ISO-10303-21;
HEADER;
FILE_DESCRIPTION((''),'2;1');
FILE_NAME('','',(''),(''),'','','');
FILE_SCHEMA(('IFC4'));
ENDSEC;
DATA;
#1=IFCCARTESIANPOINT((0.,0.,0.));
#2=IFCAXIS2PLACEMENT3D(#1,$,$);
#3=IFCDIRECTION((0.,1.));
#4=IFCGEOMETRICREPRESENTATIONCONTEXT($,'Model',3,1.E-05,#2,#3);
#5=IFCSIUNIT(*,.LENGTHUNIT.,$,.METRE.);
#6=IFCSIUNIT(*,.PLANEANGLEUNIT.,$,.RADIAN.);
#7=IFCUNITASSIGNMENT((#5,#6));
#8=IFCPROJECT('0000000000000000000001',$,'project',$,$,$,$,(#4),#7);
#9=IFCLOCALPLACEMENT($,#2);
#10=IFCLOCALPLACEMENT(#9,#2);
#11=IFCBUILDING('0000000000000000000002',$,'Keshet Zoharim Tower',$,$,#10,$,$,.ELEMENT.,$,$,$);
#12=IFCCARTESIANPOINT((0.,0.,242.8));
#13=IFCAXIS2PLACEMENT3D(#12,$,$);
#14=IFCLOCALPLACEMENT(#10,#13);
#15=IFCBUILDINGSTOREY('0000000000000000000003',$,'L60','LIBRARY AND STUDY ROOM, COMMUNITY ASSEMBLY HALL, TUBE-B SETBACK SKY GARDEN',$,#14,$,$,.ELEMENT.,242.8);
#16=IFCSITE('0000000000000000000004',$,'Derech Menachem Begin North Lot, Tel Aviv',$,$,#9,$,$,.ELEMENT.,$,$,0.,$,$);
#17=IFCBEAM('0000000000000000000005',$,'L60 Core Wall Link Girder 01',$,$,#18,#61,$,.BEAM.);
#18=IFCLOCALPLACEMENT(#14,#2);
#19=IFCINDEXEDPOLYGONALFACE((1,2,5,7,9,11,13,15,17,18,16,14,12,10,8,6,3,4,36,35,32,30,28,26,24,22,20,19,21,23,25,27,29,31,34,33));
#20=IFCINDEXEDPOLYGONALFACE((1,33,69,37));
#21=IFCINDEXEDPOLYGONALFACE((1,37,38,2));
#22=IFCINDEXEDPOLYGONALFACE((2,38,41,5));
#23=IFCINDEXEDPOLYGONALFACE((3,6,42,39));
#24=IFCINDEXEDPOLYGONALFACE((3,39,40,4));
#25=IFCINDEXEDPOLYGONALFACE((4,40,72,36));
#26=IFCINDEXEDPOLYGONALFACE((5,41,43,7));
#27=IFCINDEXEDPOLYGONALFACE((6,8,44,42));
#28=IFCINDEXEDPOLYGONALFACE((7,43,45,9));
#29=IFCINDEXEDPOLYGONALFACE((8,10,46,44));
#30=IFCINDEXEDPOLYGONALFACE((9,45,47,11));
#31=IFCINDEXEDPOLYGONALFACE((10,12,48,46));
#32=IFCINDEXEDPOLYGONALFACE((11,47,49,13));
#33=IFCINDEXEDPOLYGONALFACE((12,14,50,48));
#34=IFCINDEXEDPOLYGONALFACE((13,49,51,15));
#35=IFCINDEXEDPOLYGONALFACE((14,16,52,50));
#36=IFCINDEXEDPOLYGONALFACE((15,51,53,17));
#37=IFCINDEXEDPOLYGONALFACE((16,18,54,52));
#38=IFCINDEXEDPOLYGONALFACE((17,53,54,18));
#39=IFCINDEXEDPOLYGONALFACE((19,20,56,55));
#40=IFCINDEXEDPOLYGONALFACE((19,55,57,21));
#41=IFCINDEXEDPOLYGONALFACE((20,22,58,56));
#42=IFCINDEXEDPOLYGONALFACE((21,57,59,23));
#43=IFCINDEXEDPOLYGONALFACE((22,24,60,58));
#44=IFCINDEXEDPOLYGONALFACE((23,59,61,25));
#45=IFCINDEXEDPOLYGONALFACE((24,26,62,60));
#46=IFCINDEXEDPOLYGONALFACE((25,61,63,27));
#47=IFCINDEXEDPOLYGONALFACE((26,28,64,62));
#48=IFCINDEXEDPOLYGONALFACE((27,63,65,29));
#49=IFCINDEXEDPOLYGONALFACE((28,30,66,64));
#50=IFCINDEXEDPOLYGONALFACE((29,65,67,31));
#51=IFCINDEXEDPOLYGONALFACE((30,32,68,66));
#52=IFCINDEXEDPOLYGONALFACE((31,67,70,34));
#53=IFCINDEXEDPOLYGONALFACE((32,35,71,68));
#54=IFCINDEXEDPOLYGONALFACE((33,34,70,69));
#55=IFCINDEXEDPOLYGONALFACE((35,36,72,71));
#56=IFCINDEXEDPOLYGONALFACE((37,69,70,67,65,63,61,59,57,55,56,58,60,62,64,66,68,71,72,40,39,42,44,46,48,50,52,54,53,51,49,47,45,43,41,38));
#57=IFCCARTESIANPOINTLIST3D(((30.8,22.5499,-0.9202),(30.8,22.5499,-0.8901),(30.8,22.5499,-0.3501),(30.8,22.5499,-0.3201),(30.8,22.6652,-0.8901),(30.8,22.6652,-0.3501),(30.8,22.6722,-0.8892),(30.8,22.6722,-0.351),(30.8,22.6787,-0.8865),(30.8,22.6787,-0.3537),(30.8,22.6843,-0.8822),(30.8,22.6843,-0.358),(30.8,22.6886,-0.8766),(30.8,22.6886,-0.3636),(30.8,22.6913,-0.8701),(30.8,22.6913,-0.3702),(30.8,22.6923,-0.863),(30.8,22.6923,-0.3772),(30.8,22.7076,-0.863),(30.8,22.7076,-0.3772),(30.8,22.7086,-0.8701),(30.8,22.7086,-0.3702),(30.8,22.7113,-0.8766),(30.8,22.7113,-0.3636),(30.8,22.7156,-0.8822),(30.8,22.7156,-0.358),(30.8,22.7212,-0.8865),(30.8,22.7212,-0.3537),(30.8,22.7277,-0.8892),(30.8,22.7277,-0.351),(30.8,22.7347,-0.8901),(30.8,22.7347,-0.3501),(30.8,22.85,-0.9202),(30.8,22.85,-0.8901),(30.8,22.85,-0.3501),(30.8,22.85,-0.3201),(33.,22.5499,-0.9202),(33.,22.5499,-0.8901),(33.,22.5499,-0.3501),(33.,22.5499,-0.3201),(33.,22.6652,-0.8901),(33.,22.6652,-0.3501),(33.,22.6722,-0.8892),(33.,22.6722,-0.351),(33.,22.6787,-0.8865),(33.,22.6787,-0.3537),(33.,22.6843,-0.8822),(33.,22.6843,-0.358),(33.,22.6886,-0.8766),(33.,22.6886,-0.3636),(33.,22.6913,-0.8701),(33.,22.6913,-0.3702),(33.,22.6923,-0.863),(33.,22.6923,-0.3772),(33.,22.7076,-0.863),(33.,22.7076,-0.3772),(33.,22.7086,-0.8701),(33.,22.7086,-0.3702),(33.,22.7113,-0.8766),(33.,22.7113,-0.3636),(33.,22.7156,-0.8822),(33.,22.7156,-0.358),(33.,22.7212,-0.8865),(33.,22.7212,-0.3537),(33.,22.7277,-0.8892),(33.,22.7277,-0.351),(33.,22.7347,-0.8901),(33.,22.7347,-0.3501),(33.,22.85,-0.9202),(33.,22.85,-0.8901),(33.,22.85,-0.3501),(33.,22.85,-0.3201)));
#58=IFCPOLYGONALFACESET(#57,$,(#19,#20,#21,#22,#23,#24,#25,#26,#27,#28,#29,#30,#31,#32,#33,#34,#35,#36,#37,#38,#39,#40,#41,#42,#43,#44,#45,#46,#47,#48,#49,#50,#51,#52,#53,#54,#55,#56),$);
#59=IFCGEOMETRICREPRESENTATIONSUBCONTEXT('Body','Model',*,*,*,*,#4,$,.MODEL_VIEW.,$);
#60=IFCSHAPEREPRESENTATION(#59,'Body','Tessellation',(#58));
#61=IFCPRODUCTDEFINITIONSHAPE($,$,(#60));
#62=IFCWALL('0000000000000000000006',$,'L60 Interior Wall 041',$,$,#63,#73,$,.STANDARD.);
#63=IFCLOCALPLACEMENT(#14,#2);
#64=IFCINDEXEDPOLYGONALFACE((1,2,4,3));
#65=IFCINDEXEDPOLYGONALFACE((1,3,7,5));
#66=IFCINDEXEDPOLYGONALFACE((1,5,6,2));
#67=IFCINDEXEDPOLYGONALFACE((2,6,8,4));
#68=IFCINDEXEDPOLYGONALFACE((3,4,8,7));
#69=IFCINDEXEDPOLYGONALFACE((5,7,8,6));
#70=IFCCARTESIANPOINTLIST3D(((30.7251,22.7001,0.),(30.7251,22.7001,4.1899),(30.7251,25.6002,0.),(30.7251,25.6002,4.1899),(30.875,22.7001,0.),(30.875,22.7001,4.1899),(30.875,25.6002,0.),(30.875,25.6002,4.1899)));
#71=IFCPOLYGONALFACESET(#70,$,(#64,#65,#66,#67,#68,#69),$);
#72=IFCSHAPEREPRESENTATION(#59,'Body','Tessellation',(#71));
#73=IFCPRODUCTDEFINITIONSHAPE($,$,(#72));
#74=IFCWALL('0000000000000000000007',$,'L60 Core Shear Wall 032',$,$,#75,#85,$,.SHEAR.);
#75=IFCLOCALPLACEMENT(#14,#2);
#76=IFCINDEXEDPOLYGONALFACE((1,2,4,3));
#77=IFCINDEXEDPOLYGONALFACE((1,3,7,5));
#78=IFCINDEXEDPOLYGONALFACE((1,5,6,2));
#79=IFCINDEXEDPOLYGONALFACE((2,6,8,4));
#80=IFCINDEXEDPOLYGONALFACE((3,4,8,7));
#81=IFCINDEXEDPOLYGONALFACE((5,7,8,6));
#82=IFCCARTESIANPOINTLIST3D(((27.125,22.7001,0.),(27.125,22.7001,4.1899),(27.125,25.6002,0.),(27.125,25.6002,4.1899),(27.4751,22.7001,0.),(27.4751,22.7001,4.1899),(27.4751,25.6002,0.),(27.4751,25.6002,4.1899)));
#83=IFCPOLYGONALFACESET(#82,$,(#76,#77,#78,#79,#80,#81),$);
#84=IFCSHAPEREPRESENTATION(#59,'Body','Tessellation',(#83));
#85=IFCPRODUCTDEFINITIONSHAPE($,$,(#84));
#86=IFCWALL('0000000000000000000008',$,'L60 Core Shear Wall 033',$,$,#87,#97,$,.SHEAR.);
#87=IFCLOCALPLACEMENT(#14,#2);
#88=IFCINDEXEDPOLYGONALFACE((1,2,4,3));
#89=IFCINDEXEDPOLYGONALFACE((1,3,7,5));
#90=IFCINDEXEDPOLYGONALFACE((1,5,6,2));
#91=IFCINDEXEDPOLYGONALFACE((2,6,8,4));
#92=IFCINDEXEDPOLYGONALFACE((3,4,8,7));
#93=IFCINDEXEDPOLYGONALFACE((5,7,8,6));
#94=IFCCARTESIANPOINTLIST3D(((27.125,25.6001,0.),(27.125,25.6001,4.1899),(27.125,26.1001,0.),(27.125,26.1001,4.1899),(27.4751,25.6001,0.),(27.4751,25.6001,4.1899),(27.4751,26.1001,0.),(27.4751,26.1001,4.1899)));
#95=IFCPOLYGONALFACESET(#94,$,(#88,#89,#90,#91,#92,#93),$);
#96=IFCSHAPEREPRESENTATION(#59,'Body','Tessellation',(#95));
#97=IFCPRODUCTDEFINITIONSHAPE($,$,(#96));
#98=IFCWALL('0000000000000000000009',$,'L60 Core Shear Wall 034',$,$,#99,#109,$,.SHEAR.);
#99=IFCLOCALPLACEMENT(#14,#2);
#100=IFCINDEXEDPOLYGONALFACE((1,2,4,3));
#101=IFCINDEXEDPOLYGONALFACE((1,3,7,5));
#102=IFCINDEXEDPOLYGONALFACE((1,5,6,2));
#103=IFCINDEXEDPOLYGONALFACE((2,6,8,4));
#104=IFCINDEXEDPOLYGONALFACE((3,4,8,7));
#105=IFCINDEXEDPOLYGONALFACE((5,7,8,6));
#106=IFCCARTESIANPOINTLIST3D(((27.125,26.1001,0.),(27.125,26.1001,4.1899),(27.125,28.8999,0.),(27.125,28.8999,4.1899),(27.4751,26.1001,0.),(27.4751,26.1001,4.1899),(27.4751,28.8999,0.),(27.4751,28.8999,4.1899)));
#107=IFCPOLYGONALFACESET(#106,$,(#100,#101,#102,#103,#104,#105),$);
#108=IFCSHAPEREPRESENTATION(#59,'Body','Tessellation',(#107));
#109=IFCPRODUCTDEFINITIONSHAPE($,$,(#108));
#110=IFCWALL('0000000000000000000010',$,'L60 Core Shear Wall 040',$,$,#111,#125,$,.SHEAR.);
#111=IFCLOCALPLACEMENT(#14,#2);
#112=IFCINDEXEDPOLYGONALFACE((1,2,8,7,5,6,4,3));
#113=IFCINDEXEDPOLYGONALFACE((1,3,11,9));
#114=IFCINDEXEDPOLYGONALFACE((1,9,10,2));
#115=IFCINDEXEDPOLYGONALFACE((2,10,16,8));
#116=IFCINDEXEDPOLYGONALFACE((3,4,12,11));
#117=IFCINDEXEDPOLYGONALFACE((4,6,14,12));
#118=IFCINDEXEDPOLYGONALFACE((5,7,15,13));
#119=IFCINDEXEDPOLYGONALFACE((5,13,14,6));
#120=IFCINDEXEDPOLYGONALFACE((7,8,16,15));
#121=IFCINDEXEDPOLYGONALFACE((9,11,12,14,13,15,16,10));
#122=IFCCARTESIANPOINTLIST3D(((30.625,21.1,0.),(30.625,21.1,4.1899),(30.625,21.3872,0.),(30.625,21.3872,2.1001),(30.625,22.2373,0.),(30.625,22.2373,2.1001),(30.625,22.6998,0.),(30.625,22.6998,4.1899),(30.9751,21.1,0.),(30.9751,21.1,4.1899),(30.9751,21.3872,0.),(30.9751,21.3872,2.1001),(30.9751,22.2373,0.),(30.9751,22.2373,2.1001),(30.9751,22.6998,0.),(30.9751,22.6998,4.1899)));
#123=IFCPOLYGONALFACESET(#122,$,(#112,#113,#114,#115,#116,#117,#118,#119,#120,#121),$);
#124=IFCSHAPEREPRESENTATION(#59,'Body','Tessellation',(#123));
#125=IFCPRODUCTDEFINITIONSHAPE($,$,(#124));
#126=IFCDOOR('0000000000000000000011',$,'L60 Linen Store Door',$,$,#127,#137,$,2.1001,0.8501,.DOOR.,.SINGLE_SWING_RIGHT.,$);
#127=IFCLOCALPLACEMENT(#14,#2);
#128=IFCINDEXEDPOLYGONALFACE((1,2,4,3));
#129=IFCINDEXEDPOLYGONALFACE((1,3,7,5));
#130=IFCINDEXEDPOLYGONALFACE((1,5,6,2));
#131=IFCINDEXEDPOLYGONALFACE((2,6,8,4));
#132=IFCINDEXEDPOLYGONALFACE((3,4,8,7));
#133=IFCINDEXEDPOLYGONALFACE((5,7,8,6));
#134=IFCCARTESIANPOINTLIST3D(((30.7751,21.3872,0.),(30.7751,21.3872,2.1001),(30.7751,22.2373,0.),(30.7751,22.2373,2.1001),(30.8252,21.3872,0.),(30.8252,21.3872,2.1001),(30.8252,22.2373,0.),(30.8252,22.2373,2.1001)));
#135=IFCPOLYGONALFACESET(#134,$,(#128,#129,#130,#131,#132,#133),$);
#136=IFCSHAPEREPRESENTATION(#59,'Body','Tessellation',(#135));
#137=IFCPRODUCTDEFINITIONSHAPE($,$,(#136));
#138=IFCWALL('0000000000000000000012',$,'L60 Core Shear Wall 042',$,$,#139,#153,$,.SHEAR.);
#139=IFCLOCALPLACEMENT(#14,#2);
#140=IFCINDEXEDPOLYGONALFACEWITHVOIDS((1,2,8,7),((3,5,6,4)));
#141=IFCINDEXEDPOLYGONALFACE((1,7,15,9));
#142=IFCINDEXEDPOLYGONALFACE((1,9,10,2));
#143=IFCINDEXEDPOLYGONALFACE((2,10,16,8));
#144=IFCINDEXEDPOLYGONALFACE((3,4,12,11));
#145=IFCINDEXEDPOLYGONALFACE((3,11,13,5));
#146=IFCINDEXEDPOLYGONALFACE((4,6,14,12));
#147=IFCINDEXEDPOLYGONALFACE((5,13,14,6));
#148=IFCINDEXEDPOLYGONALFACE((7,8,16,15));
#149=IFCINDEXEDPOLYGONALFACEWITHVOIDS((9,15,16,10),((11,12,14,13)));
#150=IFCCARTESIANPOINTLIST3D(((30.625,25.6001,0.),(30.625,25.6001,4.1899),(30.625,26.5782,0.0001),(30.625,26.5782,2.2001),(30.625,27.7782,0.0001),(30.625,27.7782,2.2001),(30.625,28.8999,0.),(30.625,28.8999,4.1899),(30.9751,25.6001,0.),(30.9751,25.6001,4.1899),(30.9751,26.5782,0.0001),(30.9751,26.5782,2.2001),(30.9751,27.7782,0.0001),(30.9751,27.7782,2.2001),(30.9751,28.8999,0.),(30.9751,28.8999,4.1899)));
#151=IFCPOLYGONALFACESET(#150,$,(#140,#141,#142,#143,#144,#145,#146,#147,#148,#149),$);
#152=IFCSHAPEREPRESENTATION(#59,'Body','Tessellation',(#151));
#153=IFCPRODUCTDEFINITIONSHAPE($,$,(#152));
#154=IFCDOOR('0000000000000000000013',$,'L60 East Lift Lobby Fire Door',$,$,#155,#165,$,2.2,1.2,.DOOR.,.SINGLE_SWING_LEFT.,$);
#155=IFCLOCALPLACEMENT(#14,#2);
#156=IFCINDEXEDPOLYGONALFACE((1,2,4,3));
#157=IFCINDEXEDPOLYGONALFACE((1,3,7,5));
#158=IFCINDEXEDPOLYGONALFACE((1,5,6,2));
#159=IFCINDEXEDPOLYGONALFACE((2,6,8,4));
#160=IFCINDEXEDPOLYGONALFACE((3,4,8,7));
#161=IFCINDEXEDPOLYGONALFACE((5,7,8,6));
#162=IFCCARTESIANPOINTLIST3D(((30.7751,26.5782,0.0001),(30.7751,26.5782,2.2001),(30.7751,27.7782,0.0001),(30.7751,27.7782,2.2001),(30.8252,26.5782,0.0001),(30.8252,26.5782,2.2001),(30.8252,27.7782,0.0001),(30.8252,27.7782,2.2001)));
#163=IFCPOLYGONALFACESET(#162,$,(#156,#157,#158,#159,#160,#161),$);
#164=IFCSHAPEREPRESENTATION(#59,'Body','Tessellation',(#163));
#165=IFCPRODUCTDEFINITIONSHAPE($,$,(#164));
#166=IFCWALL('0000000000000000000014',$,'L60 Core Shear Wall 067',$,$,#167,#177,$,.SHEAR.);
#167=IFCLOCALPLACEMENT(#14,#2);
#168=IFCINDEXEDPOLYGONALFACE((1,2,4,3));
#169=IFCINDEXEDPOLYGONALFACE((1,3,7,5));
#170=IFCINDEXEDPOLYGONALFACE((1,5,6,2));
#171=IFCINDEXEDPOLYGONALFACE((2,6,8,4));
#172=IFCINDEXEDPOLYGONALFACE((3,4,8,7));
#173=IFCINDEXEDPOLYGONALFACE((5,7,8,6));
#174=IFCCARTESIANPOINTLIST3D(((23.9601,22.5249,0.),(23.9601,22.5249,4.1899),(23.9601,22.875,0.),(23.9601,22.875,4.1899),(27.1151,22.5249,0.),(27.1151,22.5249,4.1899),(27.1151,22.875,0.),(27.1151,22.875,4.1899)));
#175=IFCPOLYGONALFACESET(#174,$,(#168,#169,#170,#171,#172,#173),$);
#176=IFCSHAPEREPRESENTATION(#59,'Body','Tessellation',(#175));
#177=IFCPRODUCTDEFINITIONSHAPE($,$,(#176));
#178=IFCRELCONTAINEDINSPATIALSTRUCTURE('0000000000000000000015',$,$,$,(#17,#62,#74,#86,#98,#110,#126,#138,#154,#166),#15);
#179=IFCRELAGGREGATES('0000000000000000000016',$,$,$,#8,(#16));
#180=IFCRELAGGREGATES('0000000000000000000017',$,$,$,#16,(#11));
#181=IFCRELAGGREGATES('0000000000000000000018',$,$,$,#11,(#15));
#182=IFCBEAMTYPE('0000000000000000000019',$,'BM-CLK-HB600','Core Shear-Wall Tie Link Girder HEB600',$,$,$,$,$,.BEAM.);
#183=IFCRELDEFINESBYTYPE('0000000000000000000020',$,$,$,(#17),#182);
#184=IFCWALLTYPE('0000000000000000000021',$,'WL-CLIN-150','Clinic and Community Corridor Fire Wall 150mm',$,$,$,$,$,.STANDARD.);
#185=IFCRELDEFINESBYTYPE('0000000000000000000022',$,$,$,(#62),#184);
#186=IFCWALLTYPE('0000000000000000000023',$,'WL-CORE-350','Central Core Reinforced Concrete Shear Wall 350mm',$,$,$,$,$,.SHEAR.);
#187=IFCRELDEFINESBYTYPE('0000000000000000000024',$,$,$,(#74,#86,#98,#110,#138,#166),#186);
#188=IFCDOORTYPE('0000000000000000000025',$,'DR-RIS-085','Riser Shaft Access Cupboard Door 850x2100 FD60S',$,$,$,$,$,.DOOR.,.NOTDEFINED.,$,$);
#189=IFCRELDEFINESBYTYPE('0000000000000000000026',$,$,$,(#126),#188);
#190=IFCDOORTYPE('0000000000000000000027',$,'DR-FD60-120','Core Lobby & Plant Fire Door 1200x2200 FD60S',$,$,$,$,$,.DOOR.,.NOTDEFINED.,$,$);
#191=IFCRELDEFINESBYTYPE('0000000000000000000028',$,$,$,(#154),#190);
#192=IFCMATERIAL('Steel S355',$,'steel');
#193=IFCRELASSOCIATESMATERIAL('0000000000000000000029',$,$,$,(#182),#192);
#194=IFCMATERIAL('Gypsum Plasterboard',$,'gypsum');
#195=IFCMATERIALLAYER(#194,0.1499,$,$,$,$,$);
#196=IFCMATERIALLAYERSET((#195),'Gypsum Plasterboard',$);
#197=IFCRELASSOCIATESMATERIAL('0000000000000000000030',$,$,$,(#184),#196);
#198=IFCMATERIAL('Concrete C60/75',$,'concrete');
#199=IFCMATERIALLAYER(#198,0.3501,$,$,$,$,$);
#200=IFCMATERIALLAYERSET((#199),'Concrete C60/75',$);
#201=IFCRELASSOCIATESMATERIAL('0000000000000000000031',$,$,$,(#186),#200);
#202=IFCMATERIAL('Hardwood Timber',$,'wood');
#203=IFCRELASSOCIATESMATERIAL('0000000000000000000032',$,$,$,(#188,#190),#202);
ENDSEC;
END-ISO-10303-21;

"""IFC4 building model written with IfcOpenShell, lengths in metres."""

from ifc_helpers import new_model, si_unit, direction, frame, frame_2d, origin, origin_2d, place, context, subcontext, project, spatial, rectangle, i_section, extrude, material, layer, layer_set, material_profile, profile_set, type_object, element, fill, save


model = new_model("IFC4")

# Units and contexts
model_context = context("Model", 3, precision=1e-05, world=origin(), true_north=direction((0.0, 1.0)))
body_context = subcontext(model_context, "Body", "Model", "MODEL_VIEW")
ifc_project = project(units=[si_unit("LENGTHUNIT", "METRE"), si_unit("PLANEANGLEUNIT", "RADIAN")], contexts=[model_context])

# Site, building, storey
site_placement = place(None, origin())
site = spatial("IfcSite", under=ifc_project, at=site_placement, Name="Derech Menachem Begin North Lot, Tel Aviv", CompositionType="ELEMENT", RefElevation=0.0)
building_placement = place(site_placement, origin())
building = spatial("IfcBuilding", under=site, at=building_placement, Name="Keshet Zoharim Tower", CompositionType="ELEMENT")
storey_placement = place(building_placement, frame((0.0, 0.0, 242.8)))
storey = spatial("IfcBuildingStorey", under=building, at=storey_placement, Name="L60", Description="LIBRARY AND STUDY ROOM, COMMUNITY ASSEMBLY HALL, TUBE-B SETBACK SKY GARDEN", CompositionType="ELEMENT", Elevation=242.8)

# Beam
ifc_material_1 = material(Name="Steel S355", Category="steel")
ifc_material_profile = material_profile(ifc_material_1, i_section(OverallWidth=0.3, OverallDepth=0.6001, WebThickness=0.0154, FlangeThickness=0.03, FilletRadius=0.0271, at=origin_2d()), Name="HEB600")
ifc_profile_set = profile_set([ifc_material_profile], Name="Steel S355")
beam_type = type_object("IfcBeamType", Name="BM-CLK-HB600", Description="Core Shear-Wall Tie Link Girder HEB600", PredefinedType="BEAM", material=ifc_profile_set)
beam_placement = place(storey_placement, frame((30.8, 22.7, -0.6201), z_axis=(1.0, 0.0, 0.0), x_axis=(0.0, 1.0, 0.0)))
element("IfcBeam", 1, at=beam_placement, inside=storey, type_object=beam_type, Name="L60 Core Wall Link Girder 01", PredefinedType="BEAM", context=body_context, shape_type="SweptSolid", body=[
    extrude(i_section(OverallWidth=0.3, OverallDepth=0.6001, WebThickness=0.0154, FlangeThickness=0.03, FilletRadius=0.0271, at=origin_2d()), origin(), (0.0, 0.0, 1.0), 2.2),
])

# Wall
ifc_material_2 = material(Name="Gypsum Plasterboard", Category="gypsum")
ifc_layer_1 = layer(ifc_material_2, 0.1499)
ifc_layer_set_1 = layer_set([ifc_layer_1], Name="Gypsum Plasterboard")
wall_type_1 = type_object("IfcWallType", Name="WL-CLIN-150", Description="Clinic and Community Corridor Fire Wall 150mm", PredefinedType="STANDARD", material=ifc_layer_set_1)
wall_1_placement = place(storey_placement, frame((30.8, 22.7, 0.0), z_axis=(0.0, 0.0, 1.0), x_axis=(0.0, 1.0, 0.0)))
element("IfcWall", 2, at=wall_1_placement, inside=storey, type_object=wall_type_1, Name="L60 Interior Wall 041", PredefinedType="STANDARD", context=body_context, shape_type="SweptSolid", body=[
    extrude(rectangle(XDim=2.9001, YDim=0.1499, at=frame_2d((1.4502, 0.0))), origin(), (0.0, 0.0, 1.0), 4.1899),
])

# Shared definitions
ifc_material_3 = material(Name="Concrete C60/75", Category="concrete")
ifc_layer_2 = layer(ifc_material_3, 0.3501)
ifc_layer_set_2 = layer_set([ifc_layer_2], Name="Concrete C60/75")
wall_type_2 = type_object("IfcWallType", Name="WL-CORE-350", Description="Central Core Reinforced Concrete Shear Wall 350mm", PredefinedType="SHEAR", material=ifc_layer_set_2)
ifc_material_4 = material(Name="Hardwood Timber", Category="wood")

# Walls
wall_2_placement = place(storey_placement, frame((27.3, 22.7, 0.0), z_axis=(0.0, 0.0, 1.0), x_axis=(0.0, 1.0, 0.0)))
element("IfcWall", 3, at=wall_2_placement, inside=storey, type_object=wall_type_2, Name="L60 Core Shear Wall 032", PredefinedType="SHEAR", context=body_context, shape_type="SweptSolid", body=[
    extrude(rectangle(XDim=2.9001, YDim=0.3501, at=frame_2d((1.4502, 0.0))), origin(), (0.0, 0.0, 1.0), 4.1899),
])
wall_3_placement = place(storey_placement, frame((27.3, 25.6001, 0.0), z_axis=(0.0, 0.0, 1.0), x_axis=(0.0, 1.0, 0.0)))
element("IfcWall", 4, at=wall_3_placement, inside=storey, type_object=wall_type_2, Name="L60 Core Shear Wall 033", PredefinedType="SHEAR", context=body_context, shape_type="SweptSolid", body=[
    extrude(rectangle(XDim=0.5, YDim=0.3501, at=frame_2d((0.25, 0.0))), origin(), (0.0, 0.0, 1.0), 4.1899),
])
wall_4_placement = place(storey_placement, frame((27.3, 26.1001, 0.0), z_axis=(0.0, 0.0, 1.0), x_axis=(0.0, 1.0, 0.0)))
element("IfcWall", 5, at=wall_4_placement, inside=storey, type_object=wall_type_2, Name="L60 Core Shear Wall 034", PredefinedType="SHEAR", context=body_context, shape_type="SweptSolid", body=[
    extrude(rectangle(XDim=2.7998, YDim=0.3501, at=frame_2d((1.3999, 0.0))), origin(), (0.0, 0.0, 1.0), 4.1899),
])

# Walls, openings, doors
wall_5_placement = place(storey_placement, frame((30.8, 21.1001, 0.0), z_axis=(0.0, 0.0, 1.0), x_axis=(0.0, 1.0, 0.0)))
wall_5 = element("IfcWall", 6, at=wall_5_placement, inside=storey, type_object=wall_type_2, Name="L60 Core Shear Wall 040", PredefinedType="SHEAR", context=body_context, shape_type="SweptSolid", body=[
    extrude(rectangle(XDim=1.5999, YDim=0.3501, at=frame_2d((0.7998, 0.0))), origin(), (0.0, 0.0, 1.0), 4.1899),
])
opening_1_placement = place(wall_5_placement, frame((0.2871, 0.0, 0.0)))
opening_1 = element("IfcOpeningElement", 7, at=opening_1_placement, cuts=wall_5, PredefinedType="OPENING", context=body_context, shape_type="SweptSolid", body=[
    extrude(rectangle(XDim=0.8501, YDim=2.1001, at=frame_2d((0.425, 1.05))), frame((0.0, 0.1851, 0.0), z_axis=(0.0, -1.0, 0.0), x_axis=(1.0, 0.0, 0.0)), (0.0, 0.0, 1.0), 0.3701),
])
door_type_1 = type_object("IfcDoorType", Name="DR-RIS-085", Description="Riser Shaft Access Cupboard Door 850x2100 FD60S", OperationType="NOTDEFINED", PredefinedType="DOOR", material=ifc_material_4)
door_1_placement = place(opening_1_placement, origin())
door_1 = element("IfcDoor", 8, at=door_1_placement, inside=storey, type_object=door_type_1, Name="L60 Linen Store Door", OperationType="SINGLE_SWING_RIGHT", OverallHeight=2.1001, OverallWidth=0.8501, PredefinedType="DOOR", context=body_context, shape_type="SweptSolid", body=[
    extrude(rectangle(XDim=0.8501, YDim=2.1001, at=frame_2d((0.425, 1.05))), frame((0.0, 0.0249, 0.0), z_axis=(0.0, -1.0, 0.0), x_axis=(1.0, 0.0, 0.0)), (0.0, 0.0, 1.0), 0.05),
])
fill(opening_1, door_1)
wall_6_placement = place(storey_placement, frame((30.8, 25.6001, 0.0), z_axis=(0.0, 0.0, 1.0), x_axis=(0.0, 1.0, 0.0)))
wall_6 = element("IfcWall", 9, at=wall_6_placement, inside=storey, type_object=wall_type_2, Name="L60 Core Shear Wall 042", PredefinedType="SHEAR", context=body_context, shape_type="SweptSolid", body=[
    extrude(rectangle(XDim=3.2998, YDim=0.3501, at=frame_2d((1.6499, 0.0))), origin(), (0.0, 0.0, 1.0), 4.1899),
])
opening_2_placement = place(wall_6_placement, frame((0.978, 0.0, 0.0)))
opening_2 = element("IfcOpeningElement", 10, at=opening_2_placement, cuts=wall_6, PredefinedType="OPENING", context=body_context, shape_type="SweptSolid", body=[
    extrude(rectangle(XDim=1.2, YDim=2.2, at=frame_2d((0.6001, 1.1001))), frame((0.0, 0.1851, 0.0), z_axis=(0.0, -1.0, 0.0), x_axis=(1.0, 0.0, 0.0)), (0.0, 0.0, 1.0), 0.3701),
])
door_type_2 = type_object("IfcDoorType", Name="DR-FD60-120", Description="Core Lobby & Plant Fire Door 1200x2200 FD60S", OperationType="NOTDEFINED", PredefinedType="DOOR", material=ifc_material_4)
door_2_placement = place(opening_2_placement, origin())
door_2 = element("IfcDoor", 11, at=door_2_placement, inside=storey, type_object=door_type_2, Name="L60 East Lift Lobby Fire Door", OperationType="SINGLE_SWING_LEFT", OverallHeight=2.2, OverallWidth=1.2, PredefinedType="DOOR", context=body_context, shape_type="SweptSolid", body=[
    extrude(rectangle(XDim=1.2, YDim=2.2, at=frame_2d((0.6001, 1.1001))), frame((0.0, 0.0249, 0.0), z_axis=(0.0, -1.0, 0.0), x_axis=(1.0, 0.0, 0.0)), (0.0, 0.0, 1.0), 0.05),
])
fill(opening_2, door_2)

# Wall
wall_7_placement = place(storey_placement, frame((23.96, 22.7, 0.0), z_axis=(0.0, 0.0, 1.0), x_axis=(1.0, 0.0, 0.0)))
element("IfcWall", 12, at=wall_7_placement, inside=storey, type_object=wall_type_2, Name="L60 Core Shear Wall 067", PredefinedType="SHEAR", context=body_context, shape_type="SweptSolid", body=[
    extrude(rectangle(XDim=3.155, YDim=0.3501, at=frame_2d((1.5776, 0.0))), origin(), (0.0, 0.0, 1.0), 4.1899),
])

save(model, "model.ifc")
